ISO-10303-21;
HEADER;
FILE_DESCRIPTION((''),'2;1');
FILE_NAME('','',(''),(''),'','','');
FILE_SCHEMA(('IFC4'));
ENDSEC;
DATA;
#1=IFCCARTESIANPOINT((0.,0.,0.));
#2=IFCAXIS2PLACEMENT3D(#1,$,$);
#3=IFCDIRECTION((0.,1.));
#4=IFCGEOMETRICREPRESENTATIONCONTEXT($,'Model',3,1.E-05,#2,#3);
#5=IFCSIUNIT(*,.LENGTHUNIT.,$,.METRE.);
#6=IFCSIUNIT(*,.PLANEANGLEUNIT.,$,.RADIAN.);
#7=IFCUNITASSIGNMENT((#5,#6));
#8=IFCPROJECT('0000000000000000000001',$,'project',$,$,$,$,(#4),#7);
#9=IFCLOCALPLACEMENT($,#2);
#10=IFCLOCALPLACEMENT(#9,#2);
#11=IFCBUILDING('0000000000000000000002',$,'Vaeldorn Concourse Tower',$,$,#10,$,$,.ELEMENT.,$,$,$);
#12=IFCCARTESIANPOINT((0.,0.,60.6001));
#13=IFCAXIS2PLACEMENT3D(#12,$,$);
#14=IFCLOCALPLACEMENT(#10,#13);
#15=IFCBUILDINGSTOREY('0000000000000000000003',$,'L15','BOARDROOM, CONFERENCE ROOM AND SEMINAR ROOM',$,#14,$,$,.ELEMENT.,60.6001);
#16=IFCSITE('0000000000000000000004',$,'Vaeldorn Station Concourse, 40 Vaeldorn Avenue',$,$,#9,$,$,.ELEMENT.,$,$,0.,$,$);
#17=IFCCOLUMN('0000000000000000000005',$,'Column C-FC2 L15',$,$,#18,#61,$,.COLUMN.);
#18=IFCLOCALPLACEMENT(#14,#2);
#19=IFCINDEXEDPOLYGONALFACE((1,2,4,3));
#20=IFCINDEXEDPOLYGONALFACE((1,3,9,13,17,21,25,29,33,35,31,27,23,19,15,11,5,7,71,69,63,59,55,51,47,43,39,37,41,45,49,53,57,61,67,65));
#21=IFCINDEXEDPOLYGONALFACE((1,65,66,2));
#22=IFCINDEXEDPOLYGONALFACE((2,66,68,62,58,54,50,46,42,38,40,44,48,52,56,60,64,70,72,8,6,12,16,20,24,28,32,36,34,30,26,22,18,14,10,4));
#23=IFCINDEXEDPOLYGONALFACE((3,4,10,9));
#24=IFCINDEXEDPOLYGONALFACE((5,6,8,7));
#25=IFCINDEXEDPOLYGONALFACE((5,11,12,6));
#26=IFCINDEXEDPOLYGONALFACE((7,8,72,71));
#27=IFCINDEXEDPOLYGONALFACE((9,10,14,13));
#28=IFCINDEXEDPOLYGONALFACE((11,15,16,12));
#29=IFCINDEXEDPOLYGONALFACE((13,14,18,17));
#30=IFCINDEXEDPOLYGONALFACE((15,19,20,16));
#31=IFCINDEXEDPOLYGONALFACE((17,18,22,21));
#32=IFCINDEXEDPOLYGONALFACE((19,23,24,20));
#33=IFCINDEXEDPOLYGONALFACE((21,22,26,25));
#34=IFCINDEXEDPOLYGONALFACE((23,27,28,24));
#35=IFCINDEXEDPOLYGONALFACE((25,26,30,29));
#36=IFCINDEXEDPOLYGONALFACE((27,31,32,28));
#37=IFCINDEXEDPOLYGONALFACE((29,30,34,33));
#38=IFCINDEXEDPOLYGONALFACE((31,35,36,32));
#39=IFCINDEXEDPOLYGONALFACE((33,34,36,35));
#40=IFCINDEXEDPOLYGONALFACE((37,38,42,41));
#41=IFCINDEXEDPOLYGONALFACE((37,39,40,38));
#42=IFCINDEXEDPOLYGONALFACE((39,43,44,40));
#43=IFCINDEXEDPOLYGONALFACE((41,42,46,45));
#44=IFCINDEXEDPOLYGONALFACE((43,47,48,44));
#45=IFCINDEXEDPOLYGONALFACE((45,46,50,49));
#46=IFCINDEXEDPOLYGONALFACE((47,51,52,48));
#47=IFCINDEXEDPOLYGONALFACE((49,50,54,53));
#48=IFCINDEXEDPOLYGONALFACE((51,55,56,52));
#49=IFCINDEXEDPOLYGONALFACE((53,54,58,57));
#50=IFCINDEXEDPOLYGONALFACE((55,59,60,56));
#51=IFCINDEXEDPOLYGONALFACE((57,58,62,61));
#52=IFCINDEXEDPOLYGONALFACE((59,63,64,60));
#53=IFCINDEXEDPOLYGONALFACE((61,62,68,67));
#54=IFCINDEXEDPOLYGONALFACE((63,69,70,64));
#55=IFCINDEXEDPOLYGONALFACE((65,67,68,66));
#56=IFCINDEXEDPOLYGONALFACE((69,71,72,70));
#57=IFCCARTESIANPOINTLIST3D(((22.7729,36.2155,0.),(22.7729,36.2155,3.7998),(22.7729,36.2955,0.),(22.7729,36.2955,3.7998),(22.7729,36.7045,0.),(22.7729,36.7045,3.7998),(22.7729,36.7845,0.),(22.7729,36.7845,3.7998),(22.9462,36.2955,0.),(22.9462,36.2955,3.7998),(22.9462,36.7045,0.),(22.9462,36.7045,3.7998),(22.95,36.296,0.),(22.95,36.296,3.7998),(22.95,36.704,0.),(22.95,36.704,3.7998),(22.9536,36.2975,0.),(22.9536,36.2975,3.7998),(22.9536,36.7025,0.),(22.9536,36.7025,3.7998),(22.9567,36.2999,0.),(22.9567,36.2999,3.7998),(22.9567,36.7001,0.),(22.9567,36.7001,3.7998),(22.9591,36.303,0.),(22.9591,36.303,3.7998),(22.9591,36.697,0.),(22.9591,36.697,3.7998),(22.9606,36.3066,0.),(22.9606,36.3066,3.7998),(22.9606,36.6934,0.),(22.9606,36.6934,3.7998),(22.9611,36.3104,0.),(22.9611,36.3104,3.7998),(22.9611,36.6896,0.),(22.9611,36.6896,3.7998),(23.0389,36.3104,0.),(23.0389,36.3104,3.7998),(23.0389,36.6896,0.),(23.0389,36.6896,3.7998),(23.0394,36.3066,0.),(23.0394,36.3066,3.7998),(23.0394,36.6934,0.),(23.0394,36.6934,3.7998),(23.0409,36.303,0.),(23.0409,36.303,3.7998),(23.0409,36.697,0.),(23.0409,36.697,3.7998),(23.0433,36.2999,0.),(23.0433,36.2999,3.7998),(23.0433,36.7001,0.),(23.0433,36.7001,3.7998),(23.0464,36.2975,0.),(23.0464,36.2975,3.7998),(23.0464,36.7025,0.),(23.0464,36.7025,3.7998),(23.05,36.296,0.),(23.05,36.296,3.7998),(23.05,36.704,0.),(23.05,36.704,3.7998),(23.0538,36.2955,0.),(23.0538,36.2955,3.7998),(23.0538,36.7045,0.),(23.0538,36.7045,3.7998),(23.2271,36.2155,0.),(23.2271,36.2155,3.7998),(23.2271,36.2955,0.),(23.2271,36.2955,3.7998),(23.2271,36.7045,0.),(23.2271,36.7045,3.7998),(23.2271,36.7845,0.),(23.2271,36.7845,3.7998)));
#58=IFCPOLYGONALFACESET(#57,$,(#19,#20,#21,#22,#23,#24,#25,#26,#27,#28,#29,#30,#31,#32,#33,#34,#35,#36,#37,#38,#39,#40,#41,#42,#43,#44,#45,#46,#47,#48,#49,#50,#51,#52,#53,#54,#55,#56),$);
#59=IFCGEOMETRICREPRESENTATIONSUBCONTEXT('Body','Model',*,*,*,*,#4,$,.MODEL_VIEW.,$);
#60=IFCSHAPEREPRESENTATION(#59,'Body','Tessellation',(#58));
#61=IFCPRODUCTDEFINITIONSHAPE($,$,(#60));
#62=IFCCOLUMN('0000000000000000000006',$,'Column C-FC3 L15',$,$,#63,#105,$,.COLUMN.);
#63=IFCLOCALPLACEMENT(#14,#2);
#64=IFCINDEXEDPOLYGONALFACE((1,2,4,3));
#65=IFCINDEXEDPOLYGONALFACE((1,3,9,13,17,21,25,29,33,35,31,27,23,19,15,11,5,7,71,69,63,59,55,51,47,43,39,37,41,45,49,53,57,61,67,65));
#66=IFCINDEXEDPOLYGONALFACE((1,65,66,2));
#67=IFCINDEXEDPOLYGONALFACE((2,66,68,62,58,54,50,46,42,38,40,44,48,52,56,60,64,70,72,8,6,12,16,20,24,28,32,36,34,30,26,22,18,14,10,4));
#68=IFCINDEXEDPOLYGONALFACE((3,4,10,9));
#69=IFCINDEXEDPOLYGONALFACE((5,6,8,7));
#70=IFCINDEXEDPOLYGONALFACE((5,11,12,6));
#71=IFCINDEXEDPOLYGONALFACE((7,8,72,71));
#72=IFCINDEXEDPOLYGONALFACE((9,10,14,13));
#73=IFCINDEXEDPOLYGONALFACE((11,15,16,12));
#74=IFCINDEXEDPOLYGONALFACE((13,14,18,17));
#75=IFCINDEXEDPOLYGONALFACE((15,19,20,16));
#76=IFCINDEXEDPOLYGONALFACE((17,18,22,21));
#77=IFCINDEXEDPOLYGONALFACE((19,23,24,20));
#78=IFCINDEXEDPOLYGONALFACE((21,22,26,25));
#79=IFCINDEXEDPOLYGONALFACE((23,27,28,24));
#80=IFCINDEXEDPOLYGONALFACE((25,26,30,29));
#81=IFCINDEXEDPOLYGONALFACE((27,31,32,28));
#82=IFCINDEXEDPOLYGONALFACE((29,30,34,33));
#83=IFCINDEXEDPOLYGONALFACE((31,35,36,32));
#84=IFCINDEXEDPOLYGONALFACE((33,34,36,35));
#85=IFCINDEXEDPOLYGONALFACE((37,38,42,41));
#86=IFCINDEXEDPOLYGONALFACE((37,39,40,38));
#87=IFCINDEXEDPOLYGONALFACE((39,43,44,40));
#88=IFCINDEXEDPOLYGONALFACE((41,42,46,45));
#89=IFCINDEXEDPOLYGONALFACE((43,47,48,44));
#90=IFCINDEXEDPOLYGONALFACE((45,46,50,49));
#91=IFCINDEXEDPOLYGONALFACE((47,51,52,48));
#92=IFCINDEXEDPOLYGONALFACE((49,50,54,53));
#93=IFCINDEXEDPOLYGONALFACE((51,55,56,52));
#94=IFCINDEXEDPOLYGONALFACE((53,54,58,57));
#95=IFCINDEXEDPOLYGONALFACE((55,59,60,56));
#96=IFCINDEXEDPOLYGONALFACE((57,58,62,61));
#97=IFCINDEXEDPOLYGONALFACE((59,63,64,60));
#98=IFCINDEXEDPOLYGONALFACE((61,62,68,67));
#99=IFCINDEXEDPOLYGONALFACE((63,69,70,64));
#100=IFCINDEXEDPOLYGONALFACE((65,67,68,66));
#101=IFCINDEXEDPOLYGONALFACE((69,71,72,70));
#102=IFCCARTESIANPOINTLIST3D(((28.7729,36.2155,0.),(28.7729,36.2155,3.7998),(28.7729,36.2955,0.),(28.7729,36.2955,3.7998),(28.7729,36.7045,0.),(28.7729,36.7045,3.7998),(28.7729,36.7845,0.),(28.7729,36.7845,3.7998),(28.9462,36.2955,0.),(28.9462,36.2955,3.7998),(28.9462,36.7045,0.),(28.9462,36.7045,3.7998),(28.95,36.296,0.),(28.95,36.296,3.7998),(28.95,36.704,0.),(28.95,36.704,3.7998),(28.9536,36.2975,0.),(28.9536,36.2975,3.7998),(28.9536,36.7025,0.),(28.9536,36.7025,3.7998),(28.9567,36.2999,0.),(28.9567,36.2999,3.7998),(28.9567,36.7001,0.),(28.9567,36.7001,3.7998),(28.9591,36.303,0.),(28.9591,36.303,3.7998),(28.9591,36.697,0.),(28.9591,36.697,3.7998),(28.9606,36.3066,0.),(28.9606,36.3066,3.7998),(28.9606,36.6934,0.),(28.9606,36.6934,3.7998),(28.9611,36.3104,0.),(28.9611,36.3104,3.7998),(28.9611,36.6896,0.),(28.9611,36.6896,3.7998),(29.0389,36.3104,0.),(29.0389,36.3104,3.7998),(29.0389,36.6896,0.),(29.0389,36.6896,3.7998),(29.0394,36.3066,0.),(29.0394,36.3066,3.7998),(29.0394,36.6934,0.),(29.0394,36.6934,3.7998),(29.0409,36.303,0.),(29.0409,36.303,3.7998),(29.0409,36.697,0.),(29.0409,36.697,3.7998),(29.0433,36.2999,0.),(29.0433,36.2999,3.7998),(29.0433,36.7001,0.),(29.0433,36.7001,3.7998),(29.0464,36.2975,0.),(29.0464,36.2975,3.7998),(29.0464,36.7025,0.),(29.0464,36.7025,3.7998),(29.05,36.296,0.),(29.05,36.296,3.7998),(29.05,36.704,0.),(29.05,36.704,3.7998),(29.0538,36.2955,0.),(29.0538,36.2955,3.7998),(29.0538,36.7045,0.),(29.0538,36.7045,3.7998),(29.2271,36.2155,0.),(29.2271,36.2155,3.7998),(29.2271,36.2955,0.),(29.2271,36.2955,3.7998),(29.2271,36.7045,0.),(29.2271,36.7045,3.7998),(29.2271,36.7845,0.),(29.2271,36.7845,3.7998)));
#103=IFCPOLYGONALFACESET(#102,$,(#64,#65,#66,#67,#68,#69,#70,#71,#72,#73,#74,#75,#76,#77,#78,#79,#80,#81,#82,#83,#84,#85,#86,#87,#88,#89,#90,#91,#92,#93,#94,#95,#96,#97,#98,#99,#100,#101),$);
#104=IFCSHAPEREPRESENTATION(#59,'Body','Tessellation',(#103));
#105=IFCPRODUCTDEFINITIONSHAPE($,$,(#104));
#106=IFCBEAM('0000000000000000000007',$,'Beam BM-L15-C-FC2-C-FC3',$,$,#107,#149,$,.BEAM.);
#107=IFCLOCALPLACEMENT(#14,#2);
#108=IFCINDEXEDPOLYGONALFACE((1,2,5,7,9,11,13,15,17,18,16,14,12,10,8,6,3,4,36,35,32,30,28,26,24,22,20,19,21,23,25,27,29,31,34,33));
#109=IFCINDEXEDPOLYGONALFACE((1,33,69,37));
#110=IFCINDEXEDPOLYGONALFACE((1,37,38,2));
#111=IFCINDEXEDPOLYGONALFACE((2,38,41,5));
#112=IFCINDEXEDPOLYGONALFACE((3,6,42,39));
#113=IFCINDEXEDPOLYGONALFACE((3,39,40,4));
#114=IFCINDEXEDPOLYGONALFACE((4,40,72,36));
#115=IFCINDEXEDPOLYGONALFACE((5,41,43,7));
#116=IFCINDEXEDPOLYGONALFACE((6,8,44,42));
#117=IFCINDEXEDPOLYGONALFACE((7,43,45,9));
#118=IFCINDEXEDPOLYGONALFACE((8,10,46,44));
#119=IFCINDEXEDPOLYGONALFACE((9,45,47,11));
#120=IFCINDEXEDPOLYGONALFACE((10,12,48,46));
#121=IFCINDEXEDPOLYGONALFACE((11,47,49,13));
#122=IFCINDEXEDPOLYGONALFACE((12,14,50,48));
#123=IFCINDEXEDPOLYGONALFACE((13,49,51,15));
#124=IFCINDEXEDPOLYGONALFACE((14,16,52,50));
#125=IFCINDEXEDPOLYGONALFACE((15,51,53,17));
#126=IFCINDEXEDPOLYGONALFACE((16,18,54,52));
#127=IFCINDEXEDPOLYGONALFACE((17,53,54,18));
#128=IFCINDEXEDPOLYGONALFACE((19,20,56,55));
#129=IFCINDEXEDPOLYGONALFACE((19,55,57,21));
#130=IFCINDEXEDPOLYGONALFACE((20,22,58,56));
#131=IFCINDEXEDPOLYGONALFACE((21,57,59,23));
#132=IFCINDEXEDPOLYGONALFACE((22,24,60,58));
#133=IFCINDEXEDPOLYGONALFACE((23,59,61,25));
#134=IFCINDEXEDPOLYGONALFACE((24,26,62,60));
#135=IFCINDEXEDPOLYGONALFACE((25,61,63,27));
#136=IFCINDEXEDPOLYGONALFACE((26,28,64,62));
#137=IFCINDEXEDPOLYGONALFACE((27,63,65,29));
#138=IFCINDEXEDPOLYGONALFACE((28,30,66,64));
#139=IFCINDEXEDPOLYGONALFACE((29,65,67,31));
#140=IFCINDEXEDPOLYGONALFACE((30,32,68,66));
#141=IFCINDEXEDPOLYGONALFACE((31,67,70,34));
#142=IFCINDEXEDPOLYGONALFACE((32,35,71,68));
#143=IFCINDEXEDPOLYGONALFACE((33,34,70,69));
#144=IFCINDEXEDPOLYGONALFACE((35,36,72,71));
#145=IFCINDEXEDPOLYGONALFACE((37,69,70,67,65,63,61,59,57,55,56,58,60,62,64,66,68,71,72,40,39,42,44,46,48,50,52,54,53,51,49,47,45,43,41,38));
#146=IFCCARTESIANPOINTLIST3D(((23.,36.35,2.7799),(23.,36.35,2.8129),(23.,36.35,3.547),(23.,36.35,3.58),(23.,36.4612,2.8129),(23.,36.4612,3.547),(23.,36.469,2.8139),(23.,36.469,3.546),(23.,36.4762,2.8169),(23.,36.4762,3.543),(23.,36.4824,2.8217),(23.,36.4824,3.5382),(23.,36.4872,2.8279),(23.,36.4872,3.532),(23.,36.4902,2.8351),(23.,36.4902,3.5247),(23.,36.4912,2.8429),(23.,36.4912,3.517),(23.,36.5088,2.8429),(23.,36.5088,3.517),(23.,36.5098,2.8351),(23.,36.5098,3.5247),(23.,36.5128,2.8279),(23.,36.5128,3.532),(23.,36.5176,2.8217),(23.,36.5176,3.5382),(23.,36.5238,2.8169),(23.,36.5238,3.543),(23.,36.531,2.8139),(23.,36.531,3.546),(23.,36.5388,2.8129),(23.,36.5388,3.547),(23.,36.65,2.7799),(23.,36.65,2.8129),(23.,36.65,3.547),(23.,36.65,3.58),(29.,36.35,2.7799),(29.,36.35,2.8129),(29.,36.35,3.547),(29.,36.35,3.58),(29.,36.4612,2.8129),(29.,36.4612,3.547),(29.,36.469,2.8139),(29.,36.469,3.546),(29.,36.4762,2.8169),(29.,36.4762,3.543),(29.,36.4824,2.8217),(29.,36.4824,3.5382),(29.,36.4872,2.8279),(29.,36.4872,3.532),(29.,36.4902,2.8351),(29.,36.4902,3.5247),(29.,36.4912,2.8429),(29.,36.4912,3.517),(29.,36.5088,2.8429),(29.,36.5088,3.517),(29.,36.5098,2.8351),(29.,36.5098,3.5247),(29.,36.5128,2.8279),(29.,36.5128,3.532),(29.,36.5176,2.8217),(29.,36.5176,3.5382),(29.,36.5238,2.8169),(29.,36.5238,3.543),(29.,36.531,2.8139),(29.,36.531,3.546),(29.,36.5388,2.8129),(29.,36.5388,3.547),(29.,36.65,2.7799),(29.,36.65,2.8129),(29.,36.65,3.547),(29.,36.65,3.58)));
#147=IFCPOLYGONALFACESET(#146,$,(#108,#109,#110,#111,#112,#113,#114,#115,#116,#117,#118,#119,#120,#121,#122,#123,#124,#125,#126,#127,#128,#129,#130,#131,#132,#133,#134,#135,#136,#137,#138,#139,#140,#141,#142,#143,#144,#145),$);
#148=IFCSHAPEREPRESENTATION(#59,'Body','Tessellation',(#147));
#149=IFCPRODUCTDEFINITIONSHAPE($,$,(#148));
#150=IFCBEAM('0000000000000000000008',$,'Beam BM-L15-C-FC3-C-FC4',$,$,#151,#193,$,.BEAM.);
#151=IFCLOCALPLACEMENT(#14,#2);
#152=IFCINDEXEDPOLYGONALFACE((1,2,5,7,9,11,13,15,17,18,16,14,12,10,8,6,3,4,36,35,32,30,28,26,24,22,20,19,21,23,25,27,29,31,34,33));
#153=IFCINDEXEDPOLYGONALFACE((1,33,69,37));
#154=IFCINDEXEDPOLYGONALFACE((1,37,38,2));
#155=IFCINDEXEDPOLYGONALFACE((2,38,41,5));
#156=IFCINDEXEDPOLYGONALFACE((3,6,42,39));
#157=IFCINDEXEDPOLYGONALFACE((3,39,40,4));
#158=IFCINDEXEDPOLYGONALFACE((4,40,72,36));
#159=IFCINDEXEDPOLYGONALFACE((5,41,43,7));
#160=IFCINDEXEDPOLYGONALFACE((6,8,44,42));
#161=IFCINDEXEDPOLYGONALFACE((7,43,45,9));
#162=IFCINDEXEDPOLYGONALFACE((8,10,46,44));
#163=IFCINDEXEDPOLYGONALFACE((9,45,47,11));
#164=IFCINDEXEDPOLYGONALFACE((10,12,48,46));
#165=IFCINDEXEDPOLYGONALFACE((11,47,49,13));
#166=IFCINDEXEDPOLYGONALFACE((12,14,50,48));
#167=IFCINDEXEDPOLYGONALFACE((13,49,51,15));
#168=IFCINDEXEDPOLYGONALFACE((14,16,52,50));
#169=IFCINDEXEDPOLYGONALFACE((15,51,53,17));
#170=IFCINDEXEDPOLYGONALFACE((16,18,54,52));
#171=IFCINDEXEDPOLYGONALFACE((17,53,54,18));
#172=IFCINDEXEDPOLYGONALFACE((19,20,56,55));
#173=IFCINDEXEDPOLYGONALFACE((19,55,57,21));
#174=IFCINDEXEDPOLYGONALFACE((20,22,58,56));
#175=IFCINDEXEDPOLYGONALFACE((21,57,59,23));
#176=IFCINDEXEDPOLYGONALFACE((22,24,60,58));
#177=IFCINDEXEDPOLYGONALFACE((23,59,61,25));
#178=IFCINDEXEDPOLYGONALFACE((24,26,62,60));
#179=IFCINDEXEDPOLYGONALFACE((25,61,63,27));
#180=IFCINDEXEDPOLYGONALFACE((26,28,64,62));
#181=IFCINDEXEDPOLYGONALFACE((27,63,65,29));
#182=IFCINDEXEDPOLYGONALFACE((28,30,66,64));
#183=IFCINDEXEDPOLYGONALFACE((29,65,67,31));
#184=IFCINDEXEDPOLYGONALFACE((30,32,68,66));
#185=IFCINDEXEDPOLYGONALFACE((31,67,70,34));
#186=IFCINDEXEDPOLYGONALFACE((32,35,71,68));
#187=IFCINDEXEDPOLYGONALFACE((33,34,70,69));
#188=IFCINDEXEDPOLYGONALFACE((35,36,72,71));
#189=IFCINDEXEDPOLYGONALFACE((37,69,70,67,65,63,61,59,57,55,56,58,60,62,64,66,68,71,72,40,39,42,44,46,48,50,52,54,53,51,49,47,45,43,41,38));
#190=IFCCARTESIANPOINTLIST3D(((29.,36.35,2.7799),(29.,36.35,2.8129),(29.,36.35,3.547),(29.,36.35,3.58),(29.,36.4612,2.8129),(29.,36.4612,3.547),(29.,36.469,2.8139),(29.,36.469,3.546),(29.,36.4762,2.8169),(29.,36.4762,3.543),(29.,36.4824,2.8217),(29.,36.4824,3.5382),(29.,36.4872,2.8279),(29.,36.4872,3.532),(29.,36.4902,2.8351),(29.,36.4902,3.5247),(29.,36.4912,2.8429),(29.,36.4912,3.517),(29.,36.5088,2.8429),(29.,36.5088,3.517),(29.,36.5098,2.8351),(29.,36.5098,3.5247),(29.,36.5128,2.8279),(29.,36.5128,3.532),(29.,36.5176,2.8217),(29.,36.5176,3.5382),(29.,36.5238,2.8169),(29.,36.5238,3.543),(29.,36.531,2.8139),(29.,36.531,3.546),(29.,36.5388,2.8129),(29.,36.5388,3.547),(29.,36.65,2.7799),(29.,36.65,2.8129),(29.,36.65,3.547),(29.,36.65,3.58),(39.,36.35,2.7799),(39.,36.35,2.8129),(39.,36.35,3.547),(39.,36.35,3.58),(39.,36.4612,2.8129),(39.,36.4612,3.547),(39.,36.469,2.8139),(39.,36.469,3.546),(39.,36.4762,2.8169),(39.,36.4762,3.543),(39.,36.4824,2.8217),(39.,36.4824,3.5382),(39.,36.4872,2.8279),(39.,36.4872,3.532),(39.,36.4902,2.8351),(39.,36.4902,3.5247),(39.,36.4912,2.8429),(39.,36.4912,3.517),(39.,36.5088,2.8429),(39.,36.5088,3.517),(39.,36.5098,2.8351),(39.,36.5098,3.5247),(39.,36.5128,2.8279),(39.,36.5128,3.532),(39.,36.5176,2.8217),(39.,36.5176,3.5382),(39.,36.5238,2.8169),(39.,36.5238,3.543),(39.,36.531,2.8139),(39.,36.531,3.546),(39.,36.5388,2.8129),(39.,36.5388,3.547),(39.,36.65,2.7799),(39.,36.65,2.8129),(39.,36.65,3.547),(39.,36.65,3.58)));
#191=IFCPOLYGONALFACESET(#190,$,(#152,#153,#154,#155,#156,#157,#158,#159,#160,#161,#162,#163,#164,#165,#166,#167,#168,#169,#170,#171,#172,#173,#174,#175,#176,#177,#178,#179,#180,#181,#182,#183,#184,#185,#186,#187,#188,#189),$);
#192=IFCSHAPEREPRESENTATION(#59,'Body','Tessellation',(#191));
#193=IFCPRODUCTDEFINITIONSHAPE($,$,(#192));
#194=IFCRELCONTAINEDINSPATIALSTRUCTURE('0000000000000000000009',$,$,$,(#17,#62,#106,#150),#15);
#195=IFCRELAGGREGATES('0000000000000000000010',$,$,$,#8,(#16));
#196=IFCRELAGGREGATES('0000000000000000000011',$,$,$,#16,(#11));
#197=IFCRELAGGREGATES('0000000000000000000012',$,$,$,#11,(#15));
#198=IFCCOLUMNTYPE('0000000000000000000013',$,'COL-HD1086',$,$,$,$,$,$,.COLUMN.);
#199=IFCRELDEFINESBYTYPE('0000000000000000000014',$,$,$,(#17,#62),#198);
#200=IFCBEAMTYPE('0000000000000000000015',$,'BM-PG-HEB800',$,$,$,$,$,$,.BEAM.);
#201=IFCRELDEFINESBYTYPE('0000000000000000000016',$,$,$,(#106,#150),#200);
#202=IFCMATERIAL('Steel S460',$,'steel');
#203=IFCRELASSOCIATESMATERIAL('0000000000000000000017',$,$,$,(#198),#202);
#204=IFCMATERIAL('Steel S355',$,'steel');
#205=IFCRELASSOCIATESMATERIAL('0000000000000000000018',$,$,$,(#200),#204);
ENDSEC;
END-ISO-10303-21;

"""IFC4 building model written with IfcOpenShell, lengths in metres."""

from ifc_helpers import new_model, si_unit, direction, frame, origin, origin_2d, place, context, subcontext, project, spatial, i_section, extrude, source, transform, mapped, material, material_profile, profile_set, type_object, element, save


model = new_model("IFC4")

# Units and contexts
model_context = context("Model", 3, precision=1e-05, world=origin(), true_north=direction((0.0, 1.0)))
body_context = subcontext(model_context, "Body", "Model", "MODEL_VIEW")
ifc_project = project(units=[si_unit("LENGTHUNIT", "METRE"), si_unit("PLANEANGLEUNIT", "RADIAN")], contexts=[model_context])

# Site, building, storey
site_placement = place(None, origin())
site = spatial("IfcSite", under=ifc_project, at=site_placement, Name="Vaeldorn Station Concourse, 40 Vaeldorn Avenue", CompositionType="ELEMENT", RefElevation=0.0)
building_placement = place(site_placement, origin())
building = spatial("IfcBuilding", under=site, at=building_placement, Name="Vaeldorn Concourse Tower", CompositionType="ELEMENT")
storey_placement = place(building_placement, frame((0.0, 0.0, 60.6001)))
storey = spatial("IfcBuildingStorey", under=building, at=storey_placement, Name="L15", Description="BOARDROOM, CONFERENCE ROOM AND SEMINAR ROOM", CompositionType="ELEMENT", Elevation=60.6001)

# Columns
ifc_material_1 = material(Name="Steel S460", Category="steel")
ifc_material_profile_1 = material_profile(ifc_material_1, i_section(OverallWidth=0.4541, OverallDepth=0.5691, WebThickness=0.0779, FlangeThickness=0.0801, FilletRadius=0.0149, at=origin_2d()), Name="HD 400x1086")
ifc_profile_set_1 = profile_set([ifc_material_profile_1], Name="Steel S460")
column_type = type_object("IfcColumnType", Name="COL-HD1086", PredefinedType="COLUMN", material=ifc_profile_set_1)
shared_shape_1 = source(origin(), body_context, "Body", "SweptSolid", [
    extrude(i_section(OverallWidth=0.4541, OverallDepth=0.5691, WebThickness=0.0779, FlangeThickness=0.0801, FilletRadius=0.0149, at=origin_2d()), origin(), (0.0, 0.0, 1.0), 3.7998),
])
for number, where, z_axis, x_axis, name in (
    (1, (23.0, 36.5, 0.0), (0.0, 0.0, 1.0), (1.0, 0.0, 0.0), "Column C-FC2 L15"),
    (2, (29.0, 36.5, 0.0), (0.0, 0.0, 1.0), (1.0, 0.0, 0.0), "Column C-FC3 L15"),
):
    element("IfcColumn", number, at=place(storey_placement, frame(where, z_axis=z_axis, x_axis=x_axis)), inside=storey, type_object=column_type, Name=name, PredefinedType="COLUMN", context=body_context, shape_type="MappedRepresentation", body=[
        mapped(shared_shape_1, transform((0.0, 0.0, 0.0), scale=1.0)),
    ])

# Beams
ifc_material_2 = material(Name="Steel S355", Category="steel")
ifc_material_profile_2 = material_profile(ifc_material_2, i_section(OverallWidth=0.3, OverallDepth=0.8, WebThickness=0.0176, FlangeThickness=0.033, FilletRadius=0.03, at=origin_2d()), Name="HEB 800")
ifc_profile_set_2 = profile_set([ifc_material_profile_2], Name="Steel S355")
beam_type_1 = type_object("IfcBeamType", Name="BM-PG-HEB800", PredefinedType="BEAM", material=ifc_profile_set_2)
shared_shape_2 = source(origin(), body_context, "Body", "SweptSolid", [
    extrude(i_section(OverallWidth=0.3, OverallDepth=0.8, WebThickness=0.0176, FlangeThickness=0.033, FilletRadius=0.03, at=origin_2d()), origin(), (0.0, 0.0, 1.0), 6.0),
])
beam_1_placement = place(storey_placement, frame((23.0, 36.5, 3.1799), z_axis=(1.0, 0.0, 0.0), x_axis=(0.0, 1.0, 0.0)))
element("IfcBeam", 3, at=beam_1_placement, inside=storey, type_object=beam_type_1, Name="Beam BM-L15-C-FC2-C-FC3", PredefinedType="BEAM", context=body_context, shape_type="MappedRepresentation", body=[
    mapped(shared_shape_2, transform((0.0, 0.0, 0.0), scale=1.0)),
])
shared_shape_3 = source(origin(), body_context, "Body", "SweptSolid", [
    extrude(i_section(OverallWidth=0.3, OverallDepth=0.8, WebThickness=0.0176, FlangeThickness=0.033, FilletRadius=0.03, at=origin_2d()), origin(), (0.0, 0.0, 1.0), 10.0),
])
for number, where, z_axis, x_axis, name in (
    (4, (29.0, 36.5, 3.1799), (1.0, 0.0, 0.0), (0.0, 1.0, 0.0), "Beam BM-L15-C-FC3-C-FC4"),
):
    element("IfcBeam", number, at=place(storey_placement, frame(where, z_axis=z_axis, x_axis=x_axis)), inside=storey, type_object=beam_type_1, Name=name, PredefinedType="BEAM", context=body_context, shape_type="MappedRepresentation", body=[
        mapped(shared_shape_3, transform((0.0, 0.0, 0.0), scale=1.0)),
    ])

save(model, "model.ifc")
